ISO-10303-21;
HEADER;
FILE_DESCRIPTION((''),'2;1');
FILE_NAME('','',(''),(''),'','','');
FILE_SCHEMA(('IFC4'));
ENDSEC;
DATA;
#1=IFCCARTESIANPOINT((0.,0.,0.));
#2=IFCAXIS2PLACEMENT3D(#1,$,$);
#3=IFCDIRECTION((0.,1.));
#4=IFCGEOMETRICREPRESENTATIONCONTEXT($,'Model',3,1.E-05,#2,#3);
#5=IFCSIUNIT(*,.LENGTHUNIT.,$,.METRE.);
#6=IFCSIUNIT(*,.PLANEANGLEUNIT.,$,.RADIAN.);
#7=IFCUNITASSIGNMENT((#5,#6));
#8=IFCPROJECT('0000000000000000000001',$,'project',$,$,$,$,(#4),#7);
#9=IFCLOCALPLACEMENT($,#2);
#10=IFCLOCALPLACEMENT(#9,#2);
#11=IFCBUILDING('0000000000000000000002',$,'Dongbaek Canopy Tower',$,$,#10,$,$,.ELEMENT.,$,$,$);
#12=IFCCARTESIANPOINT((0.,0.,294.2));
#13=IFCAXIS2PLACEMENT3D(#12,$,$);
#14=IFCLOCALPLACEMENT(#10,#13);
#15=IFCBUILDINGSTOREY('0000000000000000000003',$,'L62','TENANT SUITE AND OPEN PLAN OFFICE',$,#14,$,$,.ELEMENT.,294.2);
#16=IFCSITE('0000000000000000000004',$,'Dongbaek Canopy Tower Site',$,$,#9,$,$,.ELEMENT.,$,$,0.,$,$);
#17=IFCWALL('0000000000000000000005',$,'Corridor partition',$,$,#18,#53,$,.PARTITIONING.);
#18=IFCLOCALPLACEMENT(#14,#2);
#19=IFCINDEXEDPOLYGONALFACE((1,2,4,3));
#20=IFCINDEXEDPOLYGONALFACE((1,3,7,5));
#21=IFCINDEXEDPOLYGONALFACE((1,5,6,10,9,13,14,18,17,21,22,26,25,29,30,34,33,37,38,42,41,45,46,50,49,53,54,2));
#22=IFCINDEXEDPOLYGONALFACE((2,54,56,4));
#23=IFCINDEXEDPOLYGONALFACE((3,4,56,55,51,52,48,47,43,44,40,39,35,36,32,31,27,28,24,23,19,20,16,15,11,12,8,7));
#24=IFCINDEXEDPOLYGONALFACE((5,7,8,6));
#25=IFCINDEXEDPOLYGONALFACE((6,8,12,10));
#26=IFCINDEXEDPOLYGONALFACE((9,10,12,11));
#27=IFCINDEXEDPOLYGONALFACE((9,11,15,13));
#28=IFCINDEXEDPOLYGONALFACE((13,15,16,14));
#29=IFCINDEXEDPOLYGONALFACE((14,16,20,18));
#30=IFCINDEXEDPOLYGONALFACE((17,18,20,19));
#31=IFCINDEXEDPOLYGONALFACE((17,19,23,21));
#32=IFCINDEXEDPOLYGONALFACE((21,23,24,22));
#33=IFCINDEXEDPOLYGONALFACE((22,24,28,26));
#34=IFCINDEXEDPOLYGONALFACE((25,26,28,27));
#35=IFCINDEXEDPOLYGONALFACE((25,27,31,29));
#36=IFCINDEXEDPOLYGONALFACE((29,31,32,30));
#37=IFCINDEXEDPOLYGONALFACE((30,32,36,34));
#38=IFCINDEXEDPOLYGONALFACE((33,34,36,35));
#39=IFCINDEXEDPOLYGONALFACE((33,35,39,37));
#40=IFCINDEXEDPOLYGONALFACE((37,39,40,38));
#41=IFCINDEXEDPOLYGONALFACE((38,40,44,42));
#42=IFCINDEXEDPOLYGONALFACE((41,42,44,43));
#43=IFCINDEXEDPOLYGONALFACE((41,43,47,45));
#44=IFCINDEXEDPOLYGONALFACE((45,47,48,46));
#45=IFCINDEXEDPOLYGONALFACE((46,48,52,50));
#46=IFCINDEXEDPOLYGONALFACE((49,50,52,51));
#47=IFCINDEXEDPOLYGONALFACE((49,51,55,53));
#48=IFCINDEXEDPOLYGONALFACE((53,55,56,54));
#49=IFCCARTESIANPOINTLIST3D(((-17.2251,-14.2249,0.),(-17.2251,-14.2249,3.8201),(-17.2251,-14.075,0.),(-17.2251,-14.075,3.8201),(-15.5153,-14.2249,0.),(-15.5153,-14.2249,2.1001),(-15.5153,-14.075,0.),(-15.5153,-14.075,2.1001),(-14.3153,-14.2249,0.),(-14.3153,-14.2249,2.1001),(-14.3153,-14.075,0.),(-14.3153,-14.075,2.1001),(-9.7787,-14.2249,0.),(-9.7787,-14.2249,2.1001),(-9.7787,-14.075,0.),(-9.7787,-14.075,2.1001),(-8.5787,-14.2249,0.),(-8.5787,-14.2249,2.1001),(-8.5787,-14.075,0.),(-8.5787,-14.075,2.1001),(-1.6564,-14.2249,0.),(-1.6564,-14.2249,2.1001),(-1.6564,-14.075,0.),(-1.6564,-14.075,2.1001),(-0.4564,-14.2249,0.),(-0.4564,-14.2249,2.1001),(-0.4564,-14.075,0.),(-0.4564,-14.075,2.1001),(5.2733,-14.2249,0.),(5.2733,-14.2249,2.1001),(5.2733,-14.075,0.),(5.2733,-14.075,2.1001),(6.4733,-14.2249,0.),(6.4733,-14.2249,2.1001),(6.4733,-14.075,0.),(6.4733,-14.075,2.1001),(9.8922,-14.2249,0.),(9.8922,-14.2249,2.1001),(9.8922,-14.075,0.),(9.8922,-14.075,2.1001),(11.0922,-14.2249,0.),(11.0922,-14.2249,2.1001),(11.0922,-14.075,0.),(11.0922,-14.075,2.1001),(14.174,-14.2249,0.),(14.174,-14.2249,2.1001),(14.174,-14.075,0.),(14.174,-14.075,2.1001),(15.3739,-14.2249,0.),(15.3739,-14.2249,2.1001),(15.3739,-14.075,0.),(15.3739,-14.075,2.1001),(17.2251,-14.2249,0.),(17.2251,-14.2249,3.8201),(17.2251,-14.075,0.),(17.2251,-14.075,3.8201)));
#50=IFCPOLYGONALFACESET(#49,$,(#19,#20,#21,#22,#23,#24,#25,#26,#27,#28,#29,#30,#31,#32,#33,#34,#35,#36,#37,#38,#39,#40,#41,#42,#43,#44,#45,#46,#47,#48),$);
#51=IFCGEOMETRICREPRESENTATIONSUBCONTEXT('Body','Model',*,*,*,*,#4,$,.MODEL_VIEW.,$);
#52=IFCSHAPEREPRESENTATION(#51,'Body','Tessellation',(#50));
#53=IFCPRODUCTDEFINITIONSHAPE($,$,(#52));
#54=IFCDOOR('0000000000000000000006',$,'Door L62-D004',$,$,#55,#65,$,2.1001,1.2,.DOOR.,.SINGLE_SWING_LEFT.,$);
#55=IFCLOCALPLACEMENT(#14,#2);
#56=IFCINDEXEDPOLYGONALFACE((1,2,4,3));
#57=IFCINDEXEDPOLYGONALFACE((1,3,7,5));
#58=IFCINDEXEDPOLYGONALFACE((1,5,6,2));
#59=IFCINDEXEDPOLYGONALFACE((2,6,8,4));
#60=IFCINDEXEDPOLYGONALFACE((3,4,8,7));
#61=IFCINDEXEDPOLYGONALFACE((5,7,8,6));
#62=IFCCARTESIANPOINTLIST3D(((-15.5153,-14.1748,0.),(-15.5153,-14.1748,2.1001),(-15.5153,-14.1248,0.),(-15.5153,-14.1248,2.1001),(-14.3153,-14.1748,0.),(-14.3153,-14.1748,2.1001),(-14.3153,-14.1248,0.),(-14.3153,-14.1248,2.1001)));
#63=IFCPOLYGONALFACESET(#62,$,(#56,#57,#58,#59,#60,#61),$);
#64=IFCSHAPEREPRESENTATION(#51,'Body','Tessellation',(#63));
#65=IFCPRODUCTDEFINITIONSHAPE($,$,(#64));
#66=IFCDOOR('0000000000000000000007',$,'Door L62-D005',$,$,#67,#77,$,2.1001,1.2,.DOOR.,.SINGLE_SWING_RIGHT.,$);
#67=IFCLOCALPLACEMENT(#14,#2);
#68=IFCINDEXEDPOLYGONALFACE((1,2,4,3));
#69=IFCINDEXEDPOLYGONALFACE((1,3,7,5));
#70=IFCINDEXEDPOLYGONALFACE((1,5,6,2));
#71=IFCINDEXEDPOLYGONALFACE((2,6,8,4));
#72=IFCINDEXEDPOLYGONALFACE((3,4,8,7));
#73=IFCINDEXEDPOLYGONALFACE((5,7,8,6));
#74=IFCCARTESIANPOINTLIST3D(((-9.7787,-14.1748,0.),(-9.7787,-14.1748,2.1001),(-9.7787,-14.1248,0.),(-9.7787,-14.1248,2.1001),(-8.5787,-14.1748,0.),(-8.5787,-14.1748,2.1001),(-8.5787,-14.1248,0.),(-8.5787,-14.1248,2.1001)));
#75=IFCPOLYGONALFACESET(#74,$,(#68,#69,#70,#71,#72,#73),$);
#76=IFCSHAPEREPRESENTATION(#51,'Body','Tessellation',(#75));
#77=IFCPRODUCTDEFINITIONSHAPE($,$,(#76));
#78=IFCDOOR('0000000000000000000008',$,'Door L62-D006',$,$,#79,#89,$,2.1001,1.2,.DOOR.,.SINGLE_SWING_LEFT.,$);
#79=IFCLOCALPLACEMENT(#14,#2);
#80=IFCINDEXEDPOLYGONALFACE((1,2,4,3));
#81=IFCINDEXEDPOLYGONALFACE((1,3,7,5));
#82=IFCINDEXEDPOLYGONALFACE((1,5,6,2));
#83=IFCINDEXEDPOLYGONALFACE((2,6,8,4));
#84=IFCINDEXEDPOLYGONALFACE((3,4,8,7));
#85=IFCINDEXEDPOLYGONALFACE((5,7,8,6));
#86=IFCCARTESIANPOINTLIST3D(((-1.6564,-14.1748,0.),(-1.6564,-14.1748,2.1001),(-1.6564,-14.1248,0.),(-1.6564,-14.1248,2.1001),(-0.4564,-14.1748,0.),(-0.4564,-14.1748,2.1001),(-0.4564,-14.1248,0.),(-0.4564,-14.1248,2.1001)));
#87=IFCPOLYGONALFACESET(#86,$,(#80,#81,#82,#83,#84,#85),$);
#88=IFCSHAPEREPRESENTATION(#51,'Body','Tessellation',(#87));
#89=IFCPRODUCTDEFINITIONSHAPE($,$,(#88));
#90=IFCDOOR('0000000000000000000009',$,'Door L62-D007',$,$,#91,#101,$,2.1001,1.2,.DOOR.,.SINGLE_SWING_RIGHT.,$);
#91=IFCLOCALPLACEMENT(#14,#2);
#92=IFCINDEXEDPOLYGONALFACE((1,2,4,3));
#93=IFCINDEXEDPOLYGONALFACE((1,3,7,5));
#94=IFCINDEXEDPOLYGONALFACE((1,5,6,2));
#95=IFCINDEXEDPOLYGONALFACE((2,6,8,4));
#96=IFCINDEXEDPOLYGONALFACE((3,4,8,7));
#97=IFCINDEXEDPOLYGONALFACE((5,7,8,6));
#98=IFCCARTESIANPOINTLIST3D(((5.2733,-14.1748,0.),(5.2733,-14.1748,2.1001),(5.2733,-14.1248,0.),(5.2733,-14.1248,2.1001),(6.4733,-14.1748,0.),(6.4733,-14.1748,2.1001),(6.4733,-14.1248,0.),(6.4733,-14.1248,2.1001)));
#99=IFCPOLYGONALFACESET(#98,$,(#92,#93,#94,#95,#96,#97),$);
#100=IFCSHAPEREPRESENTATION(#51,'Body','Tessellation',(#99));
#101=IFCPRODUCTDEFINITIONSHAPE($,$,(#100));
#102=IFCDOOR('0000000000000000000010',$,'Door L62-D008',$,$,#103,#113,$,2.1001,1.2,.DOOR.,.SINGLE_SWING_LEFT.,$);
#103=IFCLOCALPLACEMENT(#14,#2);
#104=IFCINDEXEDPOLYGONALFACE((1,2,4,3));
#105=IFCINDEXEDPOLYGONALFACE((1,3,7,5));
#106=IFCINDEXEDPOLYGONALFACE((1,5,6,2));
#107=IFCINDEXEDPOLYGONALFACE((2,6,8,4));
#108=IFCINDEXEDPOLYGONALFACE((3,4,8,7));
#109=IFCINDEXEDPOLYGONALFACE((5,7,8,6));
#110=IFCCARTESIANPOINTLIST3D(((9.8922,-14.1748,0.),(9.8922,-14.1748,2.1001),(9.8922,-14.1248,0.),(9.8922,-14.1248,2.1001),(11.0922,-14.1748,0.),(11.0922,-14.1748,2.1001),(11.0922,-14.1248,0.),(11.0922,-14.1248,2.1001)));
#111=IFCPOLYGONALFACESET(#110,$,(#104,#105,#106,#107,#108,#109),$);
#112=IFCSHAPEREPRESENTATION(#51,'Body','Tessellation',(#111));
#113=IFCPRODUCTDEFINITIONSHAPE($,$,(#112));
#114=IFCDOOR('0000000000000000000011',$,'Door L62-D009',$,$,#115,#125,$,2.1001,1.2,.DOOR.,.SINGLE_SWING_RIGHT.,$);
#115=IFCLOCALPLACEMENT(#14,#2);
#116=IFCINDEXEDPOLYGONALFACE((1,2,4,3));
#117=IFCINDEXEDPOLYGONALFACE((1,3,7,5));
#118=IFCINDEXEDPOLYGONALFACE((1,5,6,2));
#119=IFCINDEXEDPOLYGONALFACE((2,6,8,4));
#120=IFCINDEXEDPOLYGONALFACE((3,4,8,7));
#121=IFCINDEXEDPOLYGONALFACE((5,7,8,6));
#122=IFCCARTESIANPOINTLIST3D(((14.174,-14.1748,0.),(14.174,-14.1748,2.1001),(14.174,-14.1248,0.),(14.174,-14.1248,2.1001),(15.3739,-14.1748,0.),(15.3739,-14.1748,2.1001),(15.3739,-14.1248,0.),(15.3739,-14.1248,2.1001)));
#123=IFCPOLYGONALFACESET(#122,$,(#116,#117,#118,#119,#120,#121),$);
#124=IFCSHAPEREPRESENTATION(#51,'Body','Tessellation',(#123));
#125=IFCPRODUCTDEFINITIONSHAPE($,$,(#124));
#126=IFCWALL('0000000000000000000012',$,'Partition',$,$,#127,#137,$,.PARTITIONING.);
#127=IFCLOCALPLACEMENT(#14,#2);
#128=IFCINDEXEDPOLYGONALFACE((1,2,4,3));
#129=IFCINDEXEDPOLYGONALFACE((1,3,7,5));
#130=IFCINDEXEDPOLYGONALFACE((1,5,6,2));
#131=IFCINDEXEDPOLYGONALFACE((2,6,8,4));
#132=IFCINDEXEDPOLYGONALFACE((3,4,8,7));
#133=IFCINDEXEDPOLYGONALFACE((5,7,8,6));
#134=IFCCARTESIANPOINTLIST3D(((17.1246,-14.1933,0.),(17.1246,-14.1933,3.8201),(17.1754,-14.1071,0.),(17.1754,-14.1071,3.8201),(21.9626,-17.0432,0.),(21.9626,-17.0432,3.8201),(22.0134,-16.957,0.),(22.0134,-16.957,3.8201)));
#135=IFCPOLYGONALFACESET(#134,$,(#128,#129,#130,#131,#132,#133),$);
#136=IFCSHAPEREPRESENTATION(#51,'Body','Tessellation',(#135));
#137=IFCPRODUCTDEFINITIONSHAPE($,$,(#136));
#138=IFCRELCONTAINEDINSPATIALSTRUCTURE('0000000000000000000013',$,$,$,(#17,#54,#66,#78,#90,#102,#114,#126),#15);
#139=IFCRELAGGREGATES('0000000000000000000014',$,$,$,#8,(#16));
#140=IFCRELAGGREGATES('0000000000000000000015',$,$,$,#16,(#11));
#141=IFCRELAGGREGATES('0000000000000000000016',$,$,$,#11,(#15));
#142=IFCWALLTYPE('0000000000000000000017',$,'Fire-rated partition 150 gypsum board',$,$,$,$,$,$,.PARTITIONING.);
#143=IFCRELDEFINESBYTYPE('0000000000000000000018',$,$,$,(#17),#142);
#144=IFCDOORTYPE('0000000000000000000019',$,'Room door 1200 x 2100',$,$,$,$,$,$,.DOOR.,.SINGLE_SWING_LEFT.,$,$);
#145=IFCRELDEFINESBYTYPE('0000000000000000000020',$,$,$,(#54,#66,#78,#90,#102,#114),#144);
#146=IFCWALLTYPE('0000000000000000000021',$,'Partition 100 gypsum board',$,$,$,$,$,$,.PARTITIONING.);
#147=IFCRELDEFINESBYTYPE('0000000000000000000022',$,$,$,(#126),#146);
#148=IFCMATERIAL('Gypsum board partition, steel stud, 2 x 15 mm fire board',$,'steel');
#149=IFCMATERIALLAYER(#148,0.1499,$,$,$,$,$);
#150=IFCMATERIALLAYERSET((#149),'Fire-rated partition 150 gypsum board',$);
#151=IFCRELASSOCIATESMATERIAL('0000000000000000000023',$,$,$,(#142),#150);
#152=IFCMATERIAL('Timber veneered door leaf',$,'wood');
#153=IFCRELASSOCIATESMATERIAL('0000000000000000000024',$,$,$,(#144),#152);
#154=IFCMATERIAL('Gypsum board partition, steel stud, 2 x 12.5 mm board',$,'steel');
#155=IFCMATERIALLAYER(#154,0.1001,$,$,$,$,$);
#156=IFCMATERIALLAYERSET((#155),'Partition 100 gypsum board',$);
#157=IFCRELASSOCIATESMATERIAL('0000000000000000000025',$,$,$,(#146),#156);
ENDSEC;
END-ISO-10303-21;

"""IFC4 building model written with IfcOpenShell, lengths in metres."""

from ifc_helpers import new_model, si_unit, direction, frame, frame_2d, origin, place, context, subcontext, project, spatial, rectangle, extrude, material, layer, layer_set, type_object, element, fill, save


model = new_model("IFC4")

# Units and contexts
model_context = context("Model", 3, precision=1e-05, world=origin(), true_north=direction((0.0, 1.0)))
body_context = subcontext(model_context, "Body", "Model", "MODEL_VIEW")
ifc_project = project(units=[si_unit("LENGTHUNIT", "METRE"), si_unit("PLANEANGLEUNIT", "RADIAN")], contexts=[model_context])

# Site, building, storey
site_placement = place(None, origin())
site = spatial("IfcSite", under=ifc_project, at=site_placement, Name="Dongbaek Canopy Tower Site", CompositionType="ELEMENT", RefElevation=0.0)
building_placement = place(site_placement, origin())
building = spatial("IfcBuilding", under=site, at=building_placement, Name="Dongbaek Canopy Tower", CompositionType="ELEMENT")
storey_placement = place(building_placement, frame((0.0, 0.0, 294.2)))
storey = spatial("IfcBuildingStorey", under=building, at=storey_placement, Name="L62", Description="TENANT SUITE AND OPEN PLAN OFFICE", CompositionType="ELEMENT", Elevation=294.2)

# Wall, openings, doors
ifc_material_1 = material(Name="Gypsum board partition, steel stud, 2 x 15 mm fire board", Category="steel")
ifc_layer_1 = layer(ifc_material_1, 0.1499)
ifc_layer_set_1 = layer_set([ifc_layer_1], Name="Fire-rated partition 150 gypsum board")
wall_type_1 = type_object("IfcWallType", Name="Fire-rated partition 150 gypsum board", PredefinedType="PARTITIONING", material=ifc_layer_set_1)
wall_1_placement = place(storey_placement, frame((17.2251, -14.1499, 0.0), z_axis=(0.0, 0.0, 1.0), x_axis=(-1.0, 0.0, 0.0)))
wall_1 = element("IfcWall", 1, at=wall_1_placement, inside=storey, type_object=wall_type_1, Name="Corridor partition", PredefinedType="PARTITIONING", context=body_context, shape_type="SweptSolid", body=[
    extrude(rectangle(XDim=34.4502, YDim=0.1499, at=frame_2d((17.2251, 0.0))), origin(), (0.0, 0.0, 1.0), 3.8201),
])
opening_1_placement = place(wall_1_placement, frame((31.5403, 0.0, 0.0)))
opening_1 = element("IfcOpeningElement", 2, at=opening_1_placement, cuts=wall_1, PredefinedType="OPENING", context=body_context, shape_type="SweptSolid", body=[
    extrude(rectangle(XDim=1.2, YDim=2.1001, at=frame_2d((0.6001, 1.05))), frame((0.0, 0.085, 0.0), z_axis=(0.0, -1.0, 0.0), x_axis=(1.0, 0.0, 0.0)), (0.0, 0.0, 1.0), 0.1699),
])
opening_2_placement = place(wall_1_placement, frame((25.8037, 0.0, 0.0)))
opening_2 = element("IfcOpeningElement", 3, at=opening_2_placement, cuts=wall_1, PredefinedType="OPENING", context=body_context, shape_type="SweptSolid", body=[
    extrude(rectangle(XDim=1.2, YDim=2.1001, at=frame_2d((0.6001, 1.05))), frame((0.0, 0.085, 0.0), z_axis=(0.0, -1.0, 0.0), x_axis=(1.0, 0.0, 0.0)), (0.0, 0.0, 1.0), 0.1699),
])
opening_3_placement = place(wall_1_placement, frame((17.6814, 0.0, 0.0)))
opening_3 = element("IfcOpeningElement", 4, at=opening_3_placement, cuts=wall_1, PredefinedType="OPENING", context=body_context, shape_type="SweptSolid", body=[
    extrude(rectangle(XDim=1.2, YDim=2.1001, at=frame_2d((0.6001, 1.05))), frame((0.0, 0.085, 0.0), z_axis=(0.0, -1.0, 0.0), x_axis=(1.0, 0.0, 0.0)), (0.0, 0.0, 1.0), 0.1699),
])
opening_4_placement = place(wall_1_placement, frame((10.7517, 0.0, 0.0)))
opening_4 = element("IfcOpeningElement", 5, at=opening_4_placement, cuts=wall_1, PredefinedType="OPENING", context=body_context, shape_type="SweptSolid", body=[
    extrude(rectangle(XDim=1.2, YDim=2.1001, at=frame_2d((0.6001, 1.05))), frame((0.0, 0.085, 0.0), z_axis=(0.0, -1.0, 0.0), x_axis=(1.0, 0.0, 0.0)), (0.0, 0.0, 1.0), 0.1699),
])
opening_5_placement = place(wall_1_placement, frame((6.1328, 0.0, 0.0)))
opening_5 = element("IfcOpeningElement", 6, at=opening_5_placement, cuts=wall_1, PredefinedType="OPENING", context=body_context, shape_type="SweptSolid", body=[
    extrude(rectangle(XDim=1.2, YDim=2.1001, at=frame_2d((0.6001, 1.05))), frame((0.0, 0.085, 0.0), z_axis=(0.0, -1.0, 0.0), x_axis=(1.0, 0.0, 0.0)), (0.0, 0.0, 1.0), 0.1699),
])
opening_6_placement = place(wall_1_placement, frame((1.8511, 0.0, 0.0)))
opening_6 = element("IfcOpeningElement", 7, at=opening_6_placement, cuts=wall_1, PredefinedType="OPENING", context=body_context, shape_type="SweptSolid", body=[
    extrude(rectangle(XDim=1.2, YDim=2.1001, at=frame_2d((0.6001, 1.05))), frame((0.0, 0.085, 0.0), z_axis=(0.0, -1.0, 0.0), x_axis=(1.0, 0.0, 0.0)), (0.0, 0.0, 1.0), 0.1699),
])
ifc_material_2 = material(Name="Timber veneered door leaf", Category="wood")
door_type = type_object("IfcDoorType", Name="Room door 1200 x 2100", OperationType="SINGLE_SWING_LEFT", PredefinedType="DOOR", material=ifc_material_2)
door_1_placement = place(opening_1_placement, origin())
door_1 = element("IfcDoor", 8, at=door_1_placement, inside=storey, type_object=door_type, Name="Door L62-D004", OperationType="SINGLE_SWING_LEFT", OverallHeight=2.1001, OverallWidth=1.2, PredefinedType="DOOR", context=body_context, shape_type="SweptSolid", body=[
    extrude(rectangle(XDim=1.2, YDim=2.1001, at=frame_2d((0.6001, 1.05))), frame((0.0, 0.0249, 0.0), z_axis=(0.0, -1.0, 0.0), x_axis=(1.0, 0.0, 0.0)), (0.0, 0.0, 1.0), 0.05),
])
fill(opening_1, door_1)
door_2_placement = place(opening_2_placement, origin())
door_2 = element("IfcDoor", 9, at=door_2_placement, inside=storey, type_object=door_type, Name="Door L62-D005", OperationType="SINGLE_SWING_RIGHT", OverallHeight=2.1001, OverallWidth=1.2, PredefinedType="DOOR", context=body_context, shape_type="SweptSolid", body=[
    extrude(rectangle(XDim=1.2, YDim=2.1001, at=frame_2d((0.6001, 1.05))), frame((0.0, 0.0249, 0.0), z_axis=(0.0, -1.0, 0.0), x_axis=(1.0, 0.0, 0.0)), (0.0, 0.0, 1.0), 0.05),
])
fill(opening_2, door_2)
door_3_placement = place(opening_3_placement, origin())
door_3 = element("IfcDoor", 10, at=door_3_placement, inside=storey, type_object=door_type, Name="Door L62-D006", OperationType="SINGLE_SWING_LEFT", OverallHeight=2.1001, OverallWidth=1.2, PredefinedType="DOOR", context=body_context, shape_type="SweptSolid", body=[
    extrude(rectangle(XDim=1.2, YDim=2.1001, at=frame_2d((0.6001, 1.05))), frame((0.0, 0.0249, 0.0), z_axis=(0.0, -1.0, 0.0), x_axis=(1.0, 0.0, 0.0)), (0.0, 0.0, 1.0), 0.05),
])
fill(opening_3, door_3)
door_4_placement = place(opening_4_placement, origin())
door_4 = element("IfcDoor", 11, at=door_4_placement, inside=storey, type_object=door_type, Name="Door L62-D007", OperationType="SINGLE_SWING_RIGHT", OverallHeight=2.1001, OverallWidth=1.2, PredefinedType="DOOR", context=body_context, shape_type="SweptSolid", body=[
    extrude(rectangle(XDim=1.2, YDim=2.1001, at=frame_2d((0.6001, 1.05))), frame((0.0, 0.0249, 0.0), z_axis=(0.0, -1.0, 0.0), x_axis=(1.0, 0.0, 0.0)), (0.0, 0.0, 1.0), 0.05),
])
fill(opening_4, door_4)
door_5_placement = place(opening_5_placement, origin())
door_5 = element("IfcDoor", 12, at=door_5_placement, inside=storey, type_object=door_type, Name="Door L62-D008", OperationType="SINGLE_SWING_LEFT", OverallHeight=2.1001, OverallWidth=1.2, PredefinedType="DOOR", context=body_context, shape_type="SweptSolid", body=[
    extrude(rectangle(XDim=1.2, YDim=2.1001, at=frame_2d((0.6001, 1.05))), frame((0.0, 0.0249, 0.0), z_axis=(0.0, -1.0, 0.0), x_axis=(1.0, 0.0, 0.0)), (0.0, 0.0, 1.0), 0.05),
])
fill(opening_5, door_5)
door_6_placement = place(opening_6_placement, origin())
door_6 = element("IfcDoor", 13, at=door_6_placement, inside=storey, type_object=door_type, Name="Door L62-D009", OperationType="SINGLE_SWING_RIGHT", OverallHeight=2.1001, OverallWidth=1.2, PredefinedType="DOOR", context=body_context, shape_type="SweptSolid", body=[
    extrude(rectangle(XDim=1.2, YDim=2.1001, at=frame_2d((0.6001, 1.05))), frame((0.0, 0.0249, 0.0), z_axis=(0.0, -1.0, 0.0), x_axis=(1.0, 0.0, 0.0)), (0.0, 0.0, 1.0), 0.05),
])
fill(opening_6, door_6)

# Wall
ifc_material_3 = material(Name="Gypsum board partition, steel stud, 2 x 12.5 mm board", Category="steel")
ifc_layer_2 = layer(ifc_material_3, 0.1001)
ifc_layer_set_2 = layer_set([ifc_layer_2], Name="Partition 100 gypsum board")
wall_type_2 = type_object("IfcWallType", Name="Partition 100 gypsum board", PredefinedType="PARTITIONING", material=ifc_layer_set_2)
wall_2_placement = place(storey_placement, frame((17.1499, -14.1501, 0.0), z_axis=(0.0, 0.0, 1.0), x_axis=(0.86162, -0.507554, 0.0)))
element("IfcWall", 14, at=wall_2_placement, inside=storey, type_object=wall_type_2, Name="Partition", PredefinedType="PARTITIONING", context=body_context, shape_type="SweptSolid", body=[
    extrude(rectangle(XDim=5.615, YDim=0.1001, at=frame_2d((2.8076, 0.0))), origin(), (0.0, 0.0, 1.0), 3.8201),
])

save(model, "model.ifc")
